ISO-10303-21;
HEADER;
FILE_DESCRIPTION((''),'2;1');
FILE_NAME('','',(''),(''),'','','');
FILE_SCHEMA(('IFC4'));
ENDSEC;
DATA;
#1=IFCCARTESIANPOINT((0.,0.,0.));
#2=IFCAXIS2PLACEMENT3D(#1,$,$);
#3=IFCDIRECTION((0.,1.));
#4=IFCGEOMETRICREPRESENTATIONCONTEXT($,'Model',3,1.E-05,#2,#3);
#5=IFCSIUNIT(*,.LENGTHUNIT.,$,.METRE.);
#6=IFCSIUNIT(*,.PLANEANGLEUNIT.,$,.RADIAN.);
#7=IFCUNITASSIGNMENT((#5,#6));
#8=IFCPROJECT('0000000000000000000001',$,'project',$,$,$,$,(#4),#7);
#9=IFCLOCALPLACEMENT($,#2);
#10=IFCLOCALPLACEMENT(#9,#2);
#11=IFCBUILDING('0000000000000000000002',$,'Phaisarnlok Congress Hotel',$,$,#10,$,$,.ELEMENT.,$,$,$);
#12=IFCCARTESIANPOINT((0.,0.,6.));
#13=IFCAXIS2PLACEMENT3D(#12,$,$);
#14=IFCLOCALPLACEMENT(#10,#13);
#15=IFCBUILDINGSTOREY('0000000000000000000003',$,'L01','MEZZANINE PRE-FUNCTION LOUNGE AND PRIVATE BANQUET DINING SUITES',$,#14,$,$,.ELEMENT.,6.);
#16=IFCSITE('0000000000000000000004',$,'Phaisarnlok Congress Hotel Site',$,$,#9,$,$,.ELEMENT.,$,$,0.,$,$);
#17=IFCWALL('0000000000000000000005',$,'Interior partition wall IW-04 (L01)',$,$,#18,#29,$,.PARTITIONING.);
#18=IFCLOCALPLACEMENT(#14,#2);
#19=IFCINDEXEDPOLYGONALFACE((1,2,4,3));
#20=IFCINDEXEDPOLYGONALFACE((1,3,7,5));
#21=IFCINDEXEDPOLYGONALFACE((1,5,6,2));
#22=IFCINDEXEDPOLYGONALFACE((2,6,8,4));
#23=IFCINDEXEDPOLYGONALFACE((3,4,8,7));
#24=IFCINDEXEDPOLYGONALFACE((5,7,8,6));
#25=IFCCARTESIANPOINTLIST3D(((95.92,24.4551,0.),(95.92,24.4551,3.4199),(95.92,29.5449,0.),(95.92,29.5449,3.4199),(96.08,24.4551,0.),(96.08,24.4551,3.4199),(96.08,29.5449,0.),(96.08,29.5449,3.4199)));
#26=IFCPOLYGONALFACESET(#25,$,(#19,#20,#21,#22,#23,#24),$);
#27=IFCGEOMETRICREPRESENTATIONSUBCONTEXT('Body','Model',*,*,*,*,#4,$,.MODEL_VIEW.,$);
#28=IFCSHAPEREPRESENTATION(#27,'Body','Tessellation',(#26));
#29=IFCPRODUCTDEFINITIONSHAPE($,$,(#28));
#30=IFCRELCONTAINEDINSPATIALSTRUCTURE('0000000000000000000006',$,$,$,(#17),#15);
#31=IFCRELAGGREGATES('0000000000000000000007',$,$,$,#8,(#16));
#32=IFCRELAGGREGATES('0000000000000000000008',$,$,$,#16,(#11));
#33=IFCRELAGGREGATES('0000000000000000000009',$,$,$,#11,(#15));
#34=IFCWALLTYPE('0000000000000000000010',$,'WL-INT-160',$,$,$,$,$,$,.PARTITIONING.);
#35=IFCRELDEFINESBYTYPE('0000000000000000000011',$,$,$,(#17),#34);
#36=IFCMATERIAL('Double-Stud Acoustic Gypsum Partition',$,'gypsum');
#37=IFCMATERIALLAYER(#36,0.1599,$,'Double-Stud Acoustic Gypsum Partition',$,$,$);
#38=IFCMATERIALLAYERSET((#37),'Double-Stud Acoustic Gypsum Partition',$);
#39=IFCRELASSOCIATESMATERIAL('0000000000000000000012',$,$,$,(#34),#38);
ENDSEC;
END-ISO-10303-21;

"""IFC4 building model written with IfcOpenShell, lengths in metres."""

from ifc_helpers import new_model, si_unit, direction, frame, frame_2d, origin, place, context, subcontext, project, spatial, rectangle, extrude, material, layer, layer_set, type_object, element, save


model = new_model("IFC4")

# Units and contexts
model_context = context("Model", 3, precision=1e-05, world=origin(), true_north=direction((0.0, 1.0)))
body_context = subcontext(model_context, "Body", "Model", "MODEL_VIEW")
ifc_project = project(units=[si_unit("LENGTHUNIT", "METRE"), si_unit("PLANEANGLEUNIT", "RADIAN")], contexts=[model_context])

# Site, building, storey
site_placement = place(None, origin())
site = spatial("IfcSite", under=ifc_project, at=site_placement, Name="Phaisarnlok Congress Hotel Site", CompositionType="ELEMENT", RefElevation=0.0)
building_placement = place(site_placement, origin())
building = spatial("IfcBuilding", under=site, at=building_placement, Name="Phaisarnlok Congress Hotel", CompositionType="ELEMENT")
storey_placement = place(building_placement, frame((0.0, 0.0, 6.0)))
storey = spatial("IfcBuildingStorey", under=building, at=storey_placement, Name="L01", Description="MEZZANINE PRE-FUNCTION LOUNGE AND PRIVATE BANQUET DINING SUITES", CompositionType="ELEMENT", Elevation=6.0)

# Wall
ifc_material_1 = material(Name="Double-Stud Acoustic Gypsum Partition", Category="gypsum")
ifc_layer_1 = layer(ifc_material_1, 0.1599, Name="Double-Stud Acoustic Gypsum Partition")
ifc_layer_set_1 = layer_set([ifc_layer_1], Name="Double-Stud Acoustic Gypsum Partition")
wall_type_1 = type_object("IfcWallType", Name="WL-INT-160", PredefinedType="PARTITIONING", material=ifc_layer_set_1)
wall_1_placement = place(storey_placement, frame((96.0, 24.4551, 0.0), z_axis=(0.0, 0.0, 1.0), x_axis=(0.0, 1.0, 0.0)))
element("IfcWall", 1, at=wall_1_placement, inside=storey, type_object=wall_type_1, Name="Interior partition wall IW-04 (L01)", PredefinedType="PARTITIONING", context=body_context, shape_type="SweptSolid", body=[
    extrude(rectangle(XDim=5.0898, YDim=0.1599, at=frame_2d((2.5449, 0.0))), origin(), (0.0, 0.0, 1.0), 3.4199),
])

save(model, "model.ifc")
